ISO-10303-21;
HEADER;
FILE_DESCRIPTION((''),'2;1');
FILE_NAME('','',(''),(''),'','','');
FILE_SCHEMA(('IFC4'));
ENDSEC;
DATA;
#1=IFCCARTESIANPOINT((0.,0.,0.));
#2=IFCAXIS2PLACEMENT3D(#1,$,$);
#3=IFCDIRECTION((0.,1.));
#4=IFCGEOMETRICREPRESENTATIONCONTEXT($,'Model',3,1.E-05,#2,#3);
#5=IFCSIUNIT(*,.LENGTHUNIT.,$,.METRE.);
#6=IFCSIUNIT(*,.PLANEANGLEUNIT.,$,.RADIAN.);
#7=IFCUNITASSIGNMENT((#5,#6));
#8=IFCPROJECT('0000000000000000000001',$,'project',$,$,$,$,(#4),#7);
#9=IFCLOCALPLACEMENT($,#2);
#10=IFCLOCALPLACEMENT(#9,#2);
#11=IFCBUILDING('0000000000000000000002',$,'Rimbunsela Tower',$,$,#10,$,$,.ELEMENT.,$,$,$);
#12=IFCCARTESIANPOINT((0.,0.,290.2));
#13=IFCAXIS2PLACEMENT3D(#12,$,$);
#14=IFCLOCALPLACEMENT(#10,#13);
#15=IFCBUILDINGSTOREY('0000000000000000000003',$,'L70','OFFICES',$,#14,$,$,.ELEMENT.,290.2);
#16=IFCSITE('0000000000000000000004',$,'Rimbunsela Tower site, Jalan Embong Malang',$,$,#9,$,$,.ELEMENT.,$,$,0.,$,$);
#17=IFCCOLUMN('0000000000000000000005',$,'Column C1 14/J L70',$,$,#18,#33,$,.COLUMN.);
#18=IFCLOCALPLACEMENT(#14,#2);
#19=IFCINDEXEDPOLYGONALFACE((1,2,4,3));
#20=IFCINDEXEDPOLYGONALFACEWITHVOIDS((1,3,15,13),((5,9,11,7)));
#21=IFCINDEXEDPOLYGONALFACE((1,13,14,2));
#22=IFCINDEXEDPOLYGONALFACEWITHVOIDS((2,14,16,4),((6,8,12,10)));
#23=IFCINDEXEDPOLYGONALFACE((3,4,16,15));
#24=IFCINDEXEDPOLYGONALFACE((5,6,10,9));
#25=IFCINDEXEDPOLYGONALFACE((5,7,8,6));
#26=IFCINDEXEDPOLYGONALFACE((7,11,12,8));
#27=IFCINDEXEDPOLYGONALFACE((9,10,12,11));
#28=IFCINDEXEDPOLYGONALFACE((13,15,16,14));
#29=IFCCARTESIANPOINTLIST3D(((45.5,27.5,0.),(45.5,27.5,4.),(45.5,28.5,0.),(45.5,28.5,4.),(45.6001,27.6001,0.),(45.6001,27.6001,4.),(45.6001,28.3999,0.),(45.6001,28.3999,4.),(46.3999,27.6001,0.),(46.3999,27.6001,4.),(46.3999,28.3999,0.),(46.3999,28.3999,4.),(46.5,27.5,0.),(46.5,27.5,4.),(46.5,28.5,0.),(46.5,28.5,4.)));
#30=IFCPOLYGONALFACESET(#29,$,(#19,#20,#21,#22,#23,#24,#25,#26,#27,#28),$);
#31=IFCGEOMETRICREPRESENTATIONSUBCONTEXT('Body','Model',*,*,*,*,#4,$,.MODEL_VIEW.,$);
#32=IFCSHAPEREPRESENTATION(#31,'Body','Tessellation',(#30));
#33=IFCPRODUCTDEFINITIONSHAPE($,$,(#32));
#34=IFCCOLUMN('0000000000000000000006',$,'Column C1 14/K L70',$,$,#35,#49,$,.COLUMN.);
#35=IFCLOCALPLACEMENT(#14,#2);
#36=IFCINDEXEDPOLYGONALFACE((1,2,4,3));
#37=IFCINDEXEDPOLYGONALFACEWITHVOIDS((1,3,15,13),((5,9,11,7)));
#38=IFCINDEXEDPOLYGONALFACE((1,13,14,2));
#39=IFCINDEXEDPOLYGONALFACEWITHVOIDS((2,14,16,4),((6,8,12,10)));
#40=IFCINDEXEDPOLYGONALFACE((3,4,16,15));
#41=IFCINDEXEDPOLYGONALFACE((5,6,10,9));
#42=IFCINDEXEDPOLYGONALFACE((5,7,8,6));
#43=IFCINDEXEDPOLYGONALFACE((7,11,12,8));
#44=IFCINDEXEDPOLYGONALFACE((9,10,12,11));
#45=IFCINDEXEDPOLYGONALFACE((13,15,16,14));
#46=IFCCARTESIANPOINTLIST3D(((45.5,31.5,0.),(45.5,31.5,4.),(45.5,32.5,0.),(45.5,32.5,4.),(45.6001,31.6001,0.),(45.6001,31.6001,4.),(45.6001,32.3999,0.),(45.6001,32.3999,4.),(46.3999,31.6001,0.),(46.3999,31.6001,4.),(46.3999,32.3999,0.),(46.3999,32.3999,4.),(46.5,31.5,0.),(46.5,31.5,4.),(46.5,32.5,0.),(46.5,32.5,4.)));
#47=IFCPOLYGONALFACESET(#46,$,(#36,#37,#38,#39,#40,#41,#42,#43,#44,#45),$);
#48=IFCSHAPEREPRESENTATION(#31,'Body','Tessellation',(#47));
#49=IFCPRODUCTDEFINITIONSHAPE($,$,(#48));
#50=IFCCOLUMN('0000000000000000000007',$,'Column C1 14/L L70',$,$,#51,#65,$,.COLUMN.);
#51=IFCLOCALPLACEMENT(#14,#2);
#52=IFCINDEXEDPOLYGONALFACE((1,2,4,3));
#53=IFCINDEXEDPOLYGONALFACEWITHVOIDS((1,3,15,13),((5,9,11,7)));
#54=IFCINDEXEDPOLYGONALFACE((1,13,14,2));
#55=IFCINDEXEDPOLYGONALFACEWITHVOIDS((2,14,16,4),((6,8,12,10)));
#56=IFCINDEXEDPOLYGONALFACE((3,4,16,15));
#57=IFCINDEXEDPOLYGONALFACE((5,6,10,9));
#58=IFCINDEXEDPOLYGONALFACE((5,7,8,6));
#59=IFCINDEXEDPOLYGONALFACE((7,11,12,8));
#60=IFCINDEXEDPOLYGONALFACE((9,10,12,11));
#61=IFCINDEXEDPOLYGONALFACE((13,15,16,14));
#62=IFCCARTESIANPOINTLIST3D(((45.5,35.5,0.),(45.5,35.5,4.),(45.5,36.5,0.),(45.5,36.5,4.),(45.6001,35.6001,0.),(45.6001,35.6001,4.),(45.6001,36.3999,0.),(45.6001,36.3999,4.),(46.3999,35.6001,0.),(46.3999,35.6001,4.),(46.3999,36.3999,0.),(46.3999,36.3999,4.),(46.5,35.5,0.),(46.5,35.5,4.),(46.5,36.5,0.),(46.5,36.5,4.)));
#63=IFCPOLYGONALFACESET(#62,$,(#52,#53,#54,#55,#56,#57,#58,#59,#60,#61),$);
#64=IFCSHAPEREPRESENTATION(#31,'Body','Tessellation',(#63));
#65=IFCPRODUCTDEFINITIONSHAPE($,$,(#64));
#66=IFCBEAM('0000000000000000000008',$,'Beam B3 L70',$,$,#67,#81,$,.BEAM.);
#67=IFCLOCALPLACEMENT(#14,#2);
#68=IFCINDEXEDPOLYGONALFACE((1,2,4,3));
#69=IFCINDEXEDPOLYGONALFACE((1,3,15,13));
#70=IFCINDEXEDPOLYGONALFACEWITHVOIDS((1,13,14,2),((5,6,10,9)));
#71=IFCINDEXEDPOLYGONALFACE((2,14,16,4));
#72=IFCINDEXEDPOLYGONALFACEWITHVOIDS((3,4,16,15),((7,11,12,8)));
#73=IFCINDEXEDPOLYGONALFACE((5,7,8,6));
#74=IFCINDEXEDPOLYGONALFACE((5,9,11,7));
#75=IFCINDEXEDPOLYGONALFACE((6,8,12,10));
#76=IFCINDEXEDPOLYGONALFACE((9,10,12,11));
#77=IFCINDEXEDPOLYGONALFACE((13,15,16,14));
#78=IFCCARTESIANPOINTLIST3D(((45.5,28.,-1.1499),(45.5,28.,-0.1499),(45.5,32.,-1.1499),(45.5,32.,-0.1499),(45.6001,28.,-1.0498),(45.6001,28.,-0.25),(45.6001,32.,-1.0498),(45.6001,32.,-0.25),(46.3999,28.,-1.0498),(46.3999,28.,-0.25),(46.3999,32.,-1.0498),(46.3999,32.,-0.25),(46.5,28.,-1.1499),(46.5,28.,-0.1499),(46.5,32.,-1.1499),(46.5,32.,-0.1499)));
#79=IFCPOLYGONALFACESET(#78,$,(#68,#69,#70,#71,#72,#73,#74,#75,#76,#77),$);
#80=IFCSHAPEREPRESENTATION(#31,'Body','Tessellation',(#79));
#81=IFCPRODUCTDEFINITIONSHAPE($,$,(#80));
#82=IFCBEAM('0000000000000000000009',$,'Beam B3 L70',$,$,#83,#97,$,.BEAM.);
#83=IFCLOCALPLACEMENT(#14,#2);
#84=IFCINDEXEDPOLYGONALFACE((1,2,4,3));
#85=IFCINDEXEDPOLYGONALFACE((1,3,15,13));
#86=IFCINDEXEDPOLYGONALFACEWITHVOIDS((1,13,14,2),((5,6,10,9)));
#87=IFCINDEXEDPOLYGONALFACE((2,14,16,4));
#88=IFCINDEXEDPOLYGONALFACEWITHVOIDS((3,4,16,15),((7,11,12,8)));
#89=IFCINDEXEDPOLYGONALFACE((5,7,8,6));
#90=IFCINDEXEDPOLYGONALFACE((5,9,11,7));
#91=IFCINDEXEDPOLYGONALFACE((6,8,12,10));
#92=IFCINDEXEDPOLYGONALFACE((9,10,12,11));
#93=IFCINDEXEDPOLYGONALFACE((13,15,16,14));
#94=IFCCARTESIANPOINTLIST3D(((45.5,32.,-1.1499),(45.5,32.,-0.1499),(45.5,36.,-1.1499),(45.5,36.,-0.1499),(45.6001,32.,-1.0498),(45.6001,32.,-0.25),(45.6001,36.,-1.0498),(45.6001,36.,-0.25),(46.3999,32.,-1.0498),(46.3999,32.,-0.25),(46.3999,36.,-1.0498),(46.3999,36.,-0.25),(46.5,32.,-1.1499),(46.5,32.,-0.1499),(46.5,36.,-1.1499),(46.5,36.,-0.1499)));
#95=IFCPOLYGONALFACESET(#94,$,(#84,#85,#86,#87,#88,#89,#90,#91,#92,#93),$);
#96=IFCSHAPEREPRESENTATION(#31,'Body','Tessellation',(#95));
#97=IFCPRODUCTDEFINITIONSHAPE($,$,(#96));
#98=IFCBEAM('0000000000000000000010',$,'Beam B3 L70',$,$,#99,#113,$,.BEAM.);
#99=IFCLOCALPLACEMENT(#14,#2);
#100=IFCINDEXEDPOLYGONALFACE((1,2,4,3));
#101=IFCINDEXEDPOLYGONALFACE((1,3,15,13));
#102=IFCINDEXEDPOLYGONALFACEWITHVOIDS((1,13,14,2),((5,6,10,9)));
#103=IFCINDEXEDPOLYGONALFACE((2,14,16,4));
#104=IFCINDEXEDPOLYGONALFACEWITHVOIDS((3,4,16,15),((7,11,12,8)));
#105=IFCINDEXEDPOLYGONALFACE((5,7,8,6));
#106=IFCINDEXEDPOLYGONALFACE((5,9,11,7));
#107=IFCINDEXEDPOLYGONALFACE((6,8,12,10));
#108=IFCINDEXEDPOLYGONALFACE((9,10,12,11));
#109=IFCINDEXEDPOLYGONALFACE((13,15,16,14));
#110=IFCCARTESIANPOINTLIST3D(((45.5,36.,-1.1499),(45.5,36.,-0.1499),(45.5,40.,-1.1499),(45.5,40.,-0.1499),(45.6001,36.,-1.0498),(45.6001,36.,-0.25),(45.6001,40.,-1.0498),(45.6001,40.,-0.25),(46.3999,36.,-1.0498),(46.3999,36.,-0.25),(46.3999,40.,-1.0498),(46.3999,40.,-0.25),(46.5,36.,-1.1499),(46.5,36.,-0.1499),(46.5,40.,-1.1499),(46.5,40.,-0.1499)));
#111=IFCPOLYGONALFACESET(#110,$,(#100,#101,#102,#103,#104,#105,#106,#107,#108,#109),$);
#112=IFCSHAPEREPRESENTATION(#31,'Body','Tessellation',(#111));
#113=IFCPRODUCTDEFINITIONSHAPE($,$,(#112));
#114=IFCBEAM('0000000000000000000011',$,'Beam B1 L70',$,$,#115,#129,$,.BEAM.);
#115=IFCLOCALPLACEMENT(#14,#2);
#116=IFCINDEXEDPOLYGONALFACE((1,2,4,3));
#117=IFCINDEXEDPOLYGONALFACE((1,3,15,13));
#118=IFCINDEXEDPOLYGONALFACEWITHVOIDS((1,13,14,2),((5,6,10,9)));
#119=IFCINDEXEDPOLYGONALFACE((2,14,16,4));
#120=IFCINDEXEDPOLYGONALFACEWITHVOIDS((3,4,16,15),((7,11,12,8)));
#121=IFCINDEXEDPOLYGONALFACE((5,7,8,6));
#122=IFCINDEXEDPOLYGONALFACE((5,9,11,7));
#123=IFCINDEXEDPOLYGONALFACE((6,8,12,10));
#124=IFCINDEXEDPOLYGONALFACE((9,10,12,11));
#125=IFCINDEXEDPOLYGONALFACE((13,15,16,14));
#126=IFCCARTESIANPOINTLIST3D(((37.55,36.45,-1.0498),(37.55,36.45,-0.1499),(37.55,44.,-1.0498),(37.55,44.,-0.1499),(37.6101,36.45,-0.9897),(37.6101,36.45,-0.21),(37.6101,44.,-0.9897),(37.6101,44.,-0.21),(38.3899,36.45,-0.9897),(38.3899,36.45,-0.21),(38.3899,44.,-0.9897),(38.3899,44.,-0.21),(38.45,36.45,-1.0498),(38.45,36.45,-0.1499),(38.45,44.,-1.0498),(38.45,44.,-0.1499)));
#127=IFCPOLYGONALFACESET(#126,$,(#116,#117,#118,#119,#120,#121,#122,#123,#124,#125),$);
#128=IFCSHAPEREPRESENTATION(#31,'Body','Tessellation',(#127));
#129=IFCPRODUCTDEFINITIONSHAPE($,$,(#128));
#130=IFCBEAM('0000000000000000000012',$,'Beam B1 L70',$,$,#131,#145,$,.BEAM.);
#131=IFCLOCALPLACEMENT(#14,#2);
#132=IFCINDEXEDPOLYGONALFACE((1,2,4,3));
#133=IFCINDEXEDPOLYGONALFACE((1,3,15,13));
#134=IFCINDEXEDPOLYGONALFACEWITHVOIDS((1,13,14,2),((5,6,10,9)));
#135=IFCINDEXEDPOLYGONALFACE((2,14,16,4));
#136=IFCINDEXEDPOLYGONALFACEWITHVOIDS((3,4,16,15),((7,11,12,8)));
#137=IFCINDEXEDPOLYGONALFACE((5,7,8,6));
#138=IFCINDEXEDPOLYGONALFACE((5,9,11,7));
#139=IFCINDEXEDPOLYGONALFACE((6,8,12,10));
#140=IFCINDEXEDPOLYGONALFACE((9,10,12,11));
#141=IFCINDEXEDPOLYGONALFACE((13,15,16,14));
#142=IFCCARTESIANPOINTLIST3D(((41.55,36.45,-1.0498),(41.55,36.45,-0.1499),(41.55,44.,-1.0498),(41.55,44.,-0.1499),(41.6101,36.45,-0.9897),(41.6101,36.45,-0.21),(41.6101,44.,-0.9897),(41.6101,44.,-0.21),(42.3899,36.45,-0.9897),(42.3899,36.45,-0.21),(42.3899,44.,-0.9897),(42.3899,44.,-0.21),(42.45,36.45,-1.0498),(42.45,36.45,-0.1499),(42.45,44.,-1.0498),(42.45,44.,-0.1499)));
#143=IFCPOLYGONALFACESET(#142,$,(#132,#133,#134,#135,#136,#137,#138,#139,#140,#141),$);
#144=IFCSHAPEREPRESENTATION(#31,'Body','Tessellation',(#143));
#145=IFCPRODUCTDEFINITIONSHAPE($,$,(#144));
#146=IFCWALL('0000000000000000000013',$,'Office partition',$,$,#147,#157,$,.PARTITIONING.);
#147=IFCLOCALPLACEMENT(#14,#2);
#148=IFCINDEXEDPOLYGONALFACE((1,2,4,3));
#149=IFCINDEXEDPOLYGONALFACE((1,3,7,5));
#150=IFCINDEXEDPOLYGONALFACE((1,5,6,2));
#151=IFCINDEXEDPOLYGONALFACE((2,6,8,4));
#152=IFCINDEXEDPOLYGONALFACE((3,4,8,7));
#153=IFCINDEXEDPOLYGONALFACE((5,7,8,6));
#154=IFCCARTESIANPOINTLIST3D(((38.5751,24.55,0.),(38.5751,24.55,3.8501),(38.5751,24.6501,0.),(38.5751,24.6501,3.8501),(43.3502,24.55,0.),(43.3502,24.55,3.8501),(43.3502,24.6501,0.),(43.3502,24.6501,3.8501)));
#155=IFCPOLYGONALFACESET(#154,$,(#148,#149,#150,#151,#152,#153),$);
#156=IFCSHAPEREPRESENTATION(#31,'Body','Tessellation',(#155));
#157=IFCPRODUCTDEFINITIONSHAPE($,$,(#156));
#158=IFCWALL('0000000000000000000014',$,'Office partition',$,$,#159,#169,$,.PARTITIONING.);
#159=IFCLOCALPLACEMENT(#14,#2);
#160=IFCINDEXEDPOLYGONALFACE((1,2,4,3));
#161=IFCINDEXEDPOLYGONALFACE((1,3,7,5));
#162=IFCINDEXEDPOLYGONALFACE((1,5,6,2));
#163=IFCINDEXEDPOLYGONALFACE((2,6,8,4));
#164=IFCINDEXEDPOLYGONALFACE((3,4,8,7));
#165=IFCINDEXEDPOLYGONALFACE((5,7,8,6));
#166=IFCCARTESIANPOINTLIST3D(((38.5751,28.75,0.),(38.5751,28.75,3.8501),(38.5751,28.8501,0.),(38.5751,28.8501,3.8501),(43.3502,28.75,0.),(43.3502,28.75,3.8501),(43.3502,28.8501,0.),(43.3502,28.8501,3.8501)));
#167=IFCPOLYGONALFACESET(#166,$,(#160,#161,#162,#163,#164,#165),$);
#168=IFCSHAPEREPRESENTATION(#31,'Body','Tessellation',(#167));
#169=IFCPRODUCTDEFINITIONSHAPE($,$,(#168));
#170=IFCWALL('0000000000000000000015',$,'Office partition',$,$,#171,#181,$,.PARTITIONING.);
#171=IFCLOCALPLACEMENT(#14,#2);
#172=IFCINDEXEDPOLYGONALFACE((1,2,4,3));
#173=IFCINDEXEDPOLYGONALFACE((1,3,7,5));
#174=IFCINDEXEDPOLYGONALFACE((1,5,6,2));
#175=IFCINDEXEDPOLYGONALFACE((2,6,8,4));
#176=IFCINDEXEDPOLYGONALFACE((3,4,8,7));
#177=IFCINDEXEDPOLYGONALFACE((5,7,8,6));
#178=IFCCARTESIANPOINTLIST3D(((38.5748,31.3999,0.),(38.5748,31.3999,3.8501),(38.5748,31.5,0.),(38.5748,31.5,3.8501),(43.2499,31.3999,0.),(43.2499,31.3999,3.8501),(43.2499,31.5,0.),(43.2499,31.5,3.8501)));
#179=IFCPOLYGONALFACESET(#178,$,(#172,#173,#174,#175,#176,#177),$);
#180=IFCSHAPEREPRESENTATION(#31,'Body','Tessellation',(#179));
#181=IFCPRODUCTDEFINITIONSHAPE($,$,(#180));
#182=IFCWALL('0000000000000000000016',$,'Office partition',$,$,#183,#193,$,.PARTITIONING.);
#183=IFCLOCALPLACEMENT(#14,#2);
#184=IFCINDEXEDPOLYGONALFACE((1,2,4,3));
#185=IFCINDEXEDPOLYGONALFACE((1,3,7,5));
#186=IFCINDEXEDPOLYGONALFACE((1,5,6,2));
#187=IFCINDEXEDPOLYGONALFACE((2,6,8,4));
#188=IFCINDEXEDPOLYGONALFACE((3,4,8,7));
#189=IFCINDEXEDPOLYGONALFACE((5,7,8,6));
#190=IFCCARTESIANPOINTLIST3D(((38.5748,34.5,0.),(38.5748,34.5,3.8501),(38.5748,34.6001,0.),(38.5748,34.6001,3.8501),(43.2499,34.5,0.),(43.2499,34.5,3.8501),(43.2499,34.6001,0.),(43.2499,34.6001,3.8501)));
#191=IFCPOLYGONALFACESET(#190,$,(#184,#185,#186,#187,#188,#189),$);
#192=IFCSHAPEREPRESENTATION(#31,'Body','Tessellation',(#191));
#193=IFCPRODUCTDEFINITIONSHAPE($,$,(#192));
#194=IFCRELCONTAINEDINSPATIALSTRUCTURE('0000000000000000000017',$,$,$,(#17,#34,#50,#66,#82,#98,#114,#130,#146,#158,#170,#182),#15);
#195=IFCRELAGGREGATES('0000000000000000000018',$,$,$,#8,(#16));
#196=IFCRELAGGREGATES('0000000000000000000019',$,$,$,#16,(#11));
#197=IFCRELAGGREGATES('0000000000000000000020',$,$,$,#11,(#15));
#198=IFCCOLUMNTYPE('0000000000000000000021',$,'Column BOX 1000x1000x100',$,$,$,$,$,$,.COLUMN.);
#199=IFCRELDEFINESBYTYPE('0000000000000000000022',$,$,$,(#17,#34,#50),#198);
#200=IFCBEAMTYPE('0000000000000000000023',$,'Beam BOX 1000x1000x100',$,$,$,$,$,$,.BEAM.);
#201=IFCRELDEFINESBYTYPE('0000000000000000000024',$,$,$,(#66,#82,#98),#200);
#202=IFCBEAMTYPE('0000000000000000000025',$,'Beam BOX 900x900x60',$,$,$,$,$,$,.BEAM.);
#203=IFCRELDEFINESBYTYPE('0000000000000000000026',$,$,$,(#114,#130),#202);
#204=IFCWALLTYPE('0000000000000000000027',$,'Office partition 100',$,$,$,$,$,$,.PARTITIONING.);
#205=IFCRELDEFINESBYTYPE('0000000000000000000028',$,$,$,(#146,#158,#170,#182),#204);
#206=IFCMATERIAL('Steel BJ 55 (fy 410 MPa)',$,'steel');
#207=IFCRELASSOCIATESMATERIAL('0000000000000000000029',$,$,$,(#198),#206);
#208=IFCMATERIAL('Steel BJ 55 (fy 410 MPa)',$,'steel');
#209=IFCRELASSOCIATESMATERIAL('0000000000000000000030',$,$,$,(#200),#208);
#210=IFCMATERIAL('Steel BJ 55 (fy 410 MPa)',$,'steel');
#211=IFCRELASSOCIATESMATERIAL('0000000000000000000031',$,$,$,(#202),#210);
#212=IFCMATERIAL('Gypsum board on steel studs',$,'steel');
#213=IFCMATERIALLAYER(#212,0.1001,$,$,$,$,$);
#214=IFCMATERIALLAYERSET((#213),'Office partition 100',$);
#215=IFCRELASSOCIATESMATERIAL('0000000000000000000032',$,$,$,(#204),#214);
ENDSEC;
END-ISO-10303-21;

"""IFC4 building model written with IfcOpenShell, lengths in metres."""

from ifc_helpers import new_model, si_unit, direction, frame, frame_2d, origin, origin_2d, place, context, subcontext, project, spatial, rectangle, hollow_rectangle, extrude, material, layer, layer_set, material_profile, profile_set, type_object, element, save


model = new_model("IFC4")

# Units and contexts
model_context = context("Model", 3, precision=1e-05, world=origin(), true_north=direction((0.0, 1.0)))
body_context = subcontext(model_context, "Body", "Model", "MODEL_VIEW")
ifc_project = project(units=[si_unit("LENGTHUNIT", "METRE"), si_unit("PLANEANGLEUNIT", "RADIAN")], contexts=[model_context])

# Site, building, storey
site_placement = place(None, origin())
site = spatial("IfcSite", under=ifc_project, at=site_placement, Name="Rimbunsela Tower site, Jalan Embong Malang", CompositionType="ELEMENT", RefElevation=0.0)
building_placement = place(site_placement, origin())
building = spatial("IfcBuilding", under=site, at=building_placement, Name="Rimbunsela Tower", CompositionType="ELEMENT")
storey_placement = place(building_placement, frame((0.0, 0.0, 290.2)))
storey = spatial("IfcBuildingStorey", under=building, at=storey_placement, Name="L70", Description="OFFICES", CompositionType="ELEMENT", Elevation=290.2)

# Columns
ifc_material_1 = material(Name="Steel BJ 55 (fy 410 MPa)", Category="steel")
ifc_material_profile_1 = material_profile(ifc_material_1, hollow_rectangle(XDim=1.0, YDim=1.0, WallThickness=0.1001, at=origin_2d()), Name="BOX 1000x1000x100")
ifc_profile_set_1 = profile_set([ifc_material_profile_1], Name="Steel BJ 55 (fy 410 MPa)")
column_type = type_object("IfcColumnType", Name="Column BOX 1000x1000x100", PredefinedType="COLUMN", material=ifc_profile_set_1)
for number, where, z_axis, x_axis, name in (
    (1, (46.0, 28.0, 0.0), (0.0, 0.0, 1.0), (1.0, 0.0, 0.0), "Column C1 14/J L70"),
    (2, (46.0, 32.0, 0.0), (0.0, 0.0, 1.0), (1.0, 0.0, 0.0), "Column C1 14/K L70"),
    (3, (46.0, 36.0, 0.0), (0.0, 0.0, 1.0), (1.0, 0.0, 0.0), "Column C1 14/L L70"),
):
    element("IfcColumn", number, at=place(storey_placement, frame(where, z_axis=z_axis, x_axis=x_axis)), inside=storey, type_object=column_type, Name=name, PredefinedType="COLUMN", context=body_context, shape_type="SweptSolid", body=[
        extrude(hollow_rectangle(XDim=1.0, YDim=1.0, WallThickness=0.1001, at=origin_2d()), origin(), (0.0, 0.0, 1.0), 4.0),
    ])

# Beams
ifc_material_2 = material(Name="Steel BJ 55 (fy 410 MPa)", Category="steel")
ifc_material_profile_2 = material_profile(ifc_material_2, hollow_rectangle(XDim=1.0, YDim=1.0, WallThickness=0.1001, at=origin_2d()), Name="BOX 1000x1000x100")
ifc_profile_set_2 = profile_set([ifc_material_profile_2], Name="Steel BJ 55 (fy 410 MPa)")
beam_type_1 = type_object("IfcBeamType", Name="Beam BOX 1000x1000x100", PredefinedType="BEAM", material=ifc_profile_set_2)
for number, where, z_axis, x_axis, name in (
    (4, (46.0, 28.0, -0.6499), (0.0, 1.0, 0.0), (-1.0, 0.0, 0.0), "Beam B3 L70"),
    (5, (46.0, 32.0, -0.6499), (0.0, 1.0, 0.0), (-1.0, 0.0, 0.0), "Beam B3 L70"),
    (6, (46.0, 36.0, -0.6499), (0.0, 1.0, 0.0), (-1.0, 0.0, 0.0), "Beam B3 L70"),
):
    element("IfcBeam", number, at=place(storey_placement, frame(where, z_axis=z_axis, x_axis=x_axis)), inside=storey, type_object=beam_type_1, Name=name, PredefinedType="BEAM", context=body_context, shape_type="SweptSolid", body=[
        extrude(hollow_rectangle(XDim=1.0, YDim=1.0, WallThickness=0.1001, at=origin_2d()), origin(), (0.0, 0.0, 1.0), 4.0),
    ])
ifc_material_3 = material(Name="Steel BJ 55 (fy 410 MPa)", Category="steel")
ifc_material_profile_3 = material_profile(ifc_material_3, hollow_rectangle(XDim=0.8999, YDim=0.8999, WallThickness=0.0601, at=origin_2d()), Name="BOX 900x900x60")
ifc_profile_set_3 = profile_set([ifc_material_profile_3], Name="Steel BJ 55 (fy 410 MPa)")
beam_type_2 = type_object("IfcBeamType", Name="Beam BOX 900x900x60", PredefinedType="BEAM", material=ifc_profile_set_3)
for number, where, z_axis, x_axis, name in (
    (7, (38.0, 36.45, -0.5999), (0.0, 1.0, 0.0), (-1.0, 0.0, 0.0), "Beam B1 L70"),
    (8, (42.0, 36.45, -0.5999), (0.0, 1.0, 0.0), (-1.0, 0.0, 0.0), "Beam B1 L70"),
):
    element("IfcBeam", number, at=place(storey_placement, frame(where, z_axis=z_axis, x_axis=x_axis)), inside=storey, type_object=beam_type_2, Name=name, PredefinedType="BEAM", context=body_context, shape_type="SweptSolid", body=[
        extrude(hollow_rectangle(XDim=0.8999, YDim=0.8999, WallThickness=0.0601, at=origin_2d()), origin(), (0.0, 0.0, 1.0), 7.55),
    ])

# Walls
ifc_material_4 = material(Name="Gypsum board on steel studs", Category="steel")
ifc_layer_1 = layer(ifc_material_4, 0.1001)
ifc_layer_set_1 = layer_set([ifc_layer_1], Name="Office partition 100")
wall_type_1 = type_object("IfcWallType", Name="Office partition 100", PredefinedType="PARTITIONING", material=ifc_layer_set_1)
for number, where, z_axis, x_axis, name in (
    (9, (38.575, 24.6001, 0.0), (0.0, 0.0, 1.0), (1.0, 0.0, 0.0), "Office partition"),
    (10, (38.575, 28.8, 0.0), (0.0, 0.0, 1.0), (1.0, 0.0, 0.0), "Office partition"),
):
    element("IfcWall", number, at=place(storey_placement, frame(where, z_axis=z_axis, x_axis=x_axis)), inside=storey, type_object=wall_type_1, Name=name, PredefinedType="PARTITIONING", context=body_context, shape_type="SweptSolid", body=[
        extrude(rectangle(XDim=4.7751, YDim=0.1001, at=frame_2d((2.3877, 0.0))), origin(), (0.0, 0.0, 1.0), 3.8501),
    ])
for number, where, z_axis, x_axis, name in (
    (11, (38.575, 31.45, 0.0), (0.0, 0.0, 1.0), (1.0, 0.0, 0.0), "Office partition"),
    (12, (38.575, 34.55, 0.0), (0.0, 0.0, 1.0), (1.0, 0.0, 0.0), "Office partition"),
):
    element("IfcWall", number, at=place(storey_placement, frame(where, z_axis=z_axis, x_axis=x_axis)), inside=storey, type_object=wall_type_1, Name=name, PredefinedType="PARTITIONING", context=body_context, shape_type="SweptSolid", body=[
        extrude(rectangle(XDim=4.675, YDim=0.1001, at=frame_2d((2.3374, 0.0))), origin(), (0.0, 0.0, 1.0), 3.8501),
    ])

save(model, "model.ifc")
